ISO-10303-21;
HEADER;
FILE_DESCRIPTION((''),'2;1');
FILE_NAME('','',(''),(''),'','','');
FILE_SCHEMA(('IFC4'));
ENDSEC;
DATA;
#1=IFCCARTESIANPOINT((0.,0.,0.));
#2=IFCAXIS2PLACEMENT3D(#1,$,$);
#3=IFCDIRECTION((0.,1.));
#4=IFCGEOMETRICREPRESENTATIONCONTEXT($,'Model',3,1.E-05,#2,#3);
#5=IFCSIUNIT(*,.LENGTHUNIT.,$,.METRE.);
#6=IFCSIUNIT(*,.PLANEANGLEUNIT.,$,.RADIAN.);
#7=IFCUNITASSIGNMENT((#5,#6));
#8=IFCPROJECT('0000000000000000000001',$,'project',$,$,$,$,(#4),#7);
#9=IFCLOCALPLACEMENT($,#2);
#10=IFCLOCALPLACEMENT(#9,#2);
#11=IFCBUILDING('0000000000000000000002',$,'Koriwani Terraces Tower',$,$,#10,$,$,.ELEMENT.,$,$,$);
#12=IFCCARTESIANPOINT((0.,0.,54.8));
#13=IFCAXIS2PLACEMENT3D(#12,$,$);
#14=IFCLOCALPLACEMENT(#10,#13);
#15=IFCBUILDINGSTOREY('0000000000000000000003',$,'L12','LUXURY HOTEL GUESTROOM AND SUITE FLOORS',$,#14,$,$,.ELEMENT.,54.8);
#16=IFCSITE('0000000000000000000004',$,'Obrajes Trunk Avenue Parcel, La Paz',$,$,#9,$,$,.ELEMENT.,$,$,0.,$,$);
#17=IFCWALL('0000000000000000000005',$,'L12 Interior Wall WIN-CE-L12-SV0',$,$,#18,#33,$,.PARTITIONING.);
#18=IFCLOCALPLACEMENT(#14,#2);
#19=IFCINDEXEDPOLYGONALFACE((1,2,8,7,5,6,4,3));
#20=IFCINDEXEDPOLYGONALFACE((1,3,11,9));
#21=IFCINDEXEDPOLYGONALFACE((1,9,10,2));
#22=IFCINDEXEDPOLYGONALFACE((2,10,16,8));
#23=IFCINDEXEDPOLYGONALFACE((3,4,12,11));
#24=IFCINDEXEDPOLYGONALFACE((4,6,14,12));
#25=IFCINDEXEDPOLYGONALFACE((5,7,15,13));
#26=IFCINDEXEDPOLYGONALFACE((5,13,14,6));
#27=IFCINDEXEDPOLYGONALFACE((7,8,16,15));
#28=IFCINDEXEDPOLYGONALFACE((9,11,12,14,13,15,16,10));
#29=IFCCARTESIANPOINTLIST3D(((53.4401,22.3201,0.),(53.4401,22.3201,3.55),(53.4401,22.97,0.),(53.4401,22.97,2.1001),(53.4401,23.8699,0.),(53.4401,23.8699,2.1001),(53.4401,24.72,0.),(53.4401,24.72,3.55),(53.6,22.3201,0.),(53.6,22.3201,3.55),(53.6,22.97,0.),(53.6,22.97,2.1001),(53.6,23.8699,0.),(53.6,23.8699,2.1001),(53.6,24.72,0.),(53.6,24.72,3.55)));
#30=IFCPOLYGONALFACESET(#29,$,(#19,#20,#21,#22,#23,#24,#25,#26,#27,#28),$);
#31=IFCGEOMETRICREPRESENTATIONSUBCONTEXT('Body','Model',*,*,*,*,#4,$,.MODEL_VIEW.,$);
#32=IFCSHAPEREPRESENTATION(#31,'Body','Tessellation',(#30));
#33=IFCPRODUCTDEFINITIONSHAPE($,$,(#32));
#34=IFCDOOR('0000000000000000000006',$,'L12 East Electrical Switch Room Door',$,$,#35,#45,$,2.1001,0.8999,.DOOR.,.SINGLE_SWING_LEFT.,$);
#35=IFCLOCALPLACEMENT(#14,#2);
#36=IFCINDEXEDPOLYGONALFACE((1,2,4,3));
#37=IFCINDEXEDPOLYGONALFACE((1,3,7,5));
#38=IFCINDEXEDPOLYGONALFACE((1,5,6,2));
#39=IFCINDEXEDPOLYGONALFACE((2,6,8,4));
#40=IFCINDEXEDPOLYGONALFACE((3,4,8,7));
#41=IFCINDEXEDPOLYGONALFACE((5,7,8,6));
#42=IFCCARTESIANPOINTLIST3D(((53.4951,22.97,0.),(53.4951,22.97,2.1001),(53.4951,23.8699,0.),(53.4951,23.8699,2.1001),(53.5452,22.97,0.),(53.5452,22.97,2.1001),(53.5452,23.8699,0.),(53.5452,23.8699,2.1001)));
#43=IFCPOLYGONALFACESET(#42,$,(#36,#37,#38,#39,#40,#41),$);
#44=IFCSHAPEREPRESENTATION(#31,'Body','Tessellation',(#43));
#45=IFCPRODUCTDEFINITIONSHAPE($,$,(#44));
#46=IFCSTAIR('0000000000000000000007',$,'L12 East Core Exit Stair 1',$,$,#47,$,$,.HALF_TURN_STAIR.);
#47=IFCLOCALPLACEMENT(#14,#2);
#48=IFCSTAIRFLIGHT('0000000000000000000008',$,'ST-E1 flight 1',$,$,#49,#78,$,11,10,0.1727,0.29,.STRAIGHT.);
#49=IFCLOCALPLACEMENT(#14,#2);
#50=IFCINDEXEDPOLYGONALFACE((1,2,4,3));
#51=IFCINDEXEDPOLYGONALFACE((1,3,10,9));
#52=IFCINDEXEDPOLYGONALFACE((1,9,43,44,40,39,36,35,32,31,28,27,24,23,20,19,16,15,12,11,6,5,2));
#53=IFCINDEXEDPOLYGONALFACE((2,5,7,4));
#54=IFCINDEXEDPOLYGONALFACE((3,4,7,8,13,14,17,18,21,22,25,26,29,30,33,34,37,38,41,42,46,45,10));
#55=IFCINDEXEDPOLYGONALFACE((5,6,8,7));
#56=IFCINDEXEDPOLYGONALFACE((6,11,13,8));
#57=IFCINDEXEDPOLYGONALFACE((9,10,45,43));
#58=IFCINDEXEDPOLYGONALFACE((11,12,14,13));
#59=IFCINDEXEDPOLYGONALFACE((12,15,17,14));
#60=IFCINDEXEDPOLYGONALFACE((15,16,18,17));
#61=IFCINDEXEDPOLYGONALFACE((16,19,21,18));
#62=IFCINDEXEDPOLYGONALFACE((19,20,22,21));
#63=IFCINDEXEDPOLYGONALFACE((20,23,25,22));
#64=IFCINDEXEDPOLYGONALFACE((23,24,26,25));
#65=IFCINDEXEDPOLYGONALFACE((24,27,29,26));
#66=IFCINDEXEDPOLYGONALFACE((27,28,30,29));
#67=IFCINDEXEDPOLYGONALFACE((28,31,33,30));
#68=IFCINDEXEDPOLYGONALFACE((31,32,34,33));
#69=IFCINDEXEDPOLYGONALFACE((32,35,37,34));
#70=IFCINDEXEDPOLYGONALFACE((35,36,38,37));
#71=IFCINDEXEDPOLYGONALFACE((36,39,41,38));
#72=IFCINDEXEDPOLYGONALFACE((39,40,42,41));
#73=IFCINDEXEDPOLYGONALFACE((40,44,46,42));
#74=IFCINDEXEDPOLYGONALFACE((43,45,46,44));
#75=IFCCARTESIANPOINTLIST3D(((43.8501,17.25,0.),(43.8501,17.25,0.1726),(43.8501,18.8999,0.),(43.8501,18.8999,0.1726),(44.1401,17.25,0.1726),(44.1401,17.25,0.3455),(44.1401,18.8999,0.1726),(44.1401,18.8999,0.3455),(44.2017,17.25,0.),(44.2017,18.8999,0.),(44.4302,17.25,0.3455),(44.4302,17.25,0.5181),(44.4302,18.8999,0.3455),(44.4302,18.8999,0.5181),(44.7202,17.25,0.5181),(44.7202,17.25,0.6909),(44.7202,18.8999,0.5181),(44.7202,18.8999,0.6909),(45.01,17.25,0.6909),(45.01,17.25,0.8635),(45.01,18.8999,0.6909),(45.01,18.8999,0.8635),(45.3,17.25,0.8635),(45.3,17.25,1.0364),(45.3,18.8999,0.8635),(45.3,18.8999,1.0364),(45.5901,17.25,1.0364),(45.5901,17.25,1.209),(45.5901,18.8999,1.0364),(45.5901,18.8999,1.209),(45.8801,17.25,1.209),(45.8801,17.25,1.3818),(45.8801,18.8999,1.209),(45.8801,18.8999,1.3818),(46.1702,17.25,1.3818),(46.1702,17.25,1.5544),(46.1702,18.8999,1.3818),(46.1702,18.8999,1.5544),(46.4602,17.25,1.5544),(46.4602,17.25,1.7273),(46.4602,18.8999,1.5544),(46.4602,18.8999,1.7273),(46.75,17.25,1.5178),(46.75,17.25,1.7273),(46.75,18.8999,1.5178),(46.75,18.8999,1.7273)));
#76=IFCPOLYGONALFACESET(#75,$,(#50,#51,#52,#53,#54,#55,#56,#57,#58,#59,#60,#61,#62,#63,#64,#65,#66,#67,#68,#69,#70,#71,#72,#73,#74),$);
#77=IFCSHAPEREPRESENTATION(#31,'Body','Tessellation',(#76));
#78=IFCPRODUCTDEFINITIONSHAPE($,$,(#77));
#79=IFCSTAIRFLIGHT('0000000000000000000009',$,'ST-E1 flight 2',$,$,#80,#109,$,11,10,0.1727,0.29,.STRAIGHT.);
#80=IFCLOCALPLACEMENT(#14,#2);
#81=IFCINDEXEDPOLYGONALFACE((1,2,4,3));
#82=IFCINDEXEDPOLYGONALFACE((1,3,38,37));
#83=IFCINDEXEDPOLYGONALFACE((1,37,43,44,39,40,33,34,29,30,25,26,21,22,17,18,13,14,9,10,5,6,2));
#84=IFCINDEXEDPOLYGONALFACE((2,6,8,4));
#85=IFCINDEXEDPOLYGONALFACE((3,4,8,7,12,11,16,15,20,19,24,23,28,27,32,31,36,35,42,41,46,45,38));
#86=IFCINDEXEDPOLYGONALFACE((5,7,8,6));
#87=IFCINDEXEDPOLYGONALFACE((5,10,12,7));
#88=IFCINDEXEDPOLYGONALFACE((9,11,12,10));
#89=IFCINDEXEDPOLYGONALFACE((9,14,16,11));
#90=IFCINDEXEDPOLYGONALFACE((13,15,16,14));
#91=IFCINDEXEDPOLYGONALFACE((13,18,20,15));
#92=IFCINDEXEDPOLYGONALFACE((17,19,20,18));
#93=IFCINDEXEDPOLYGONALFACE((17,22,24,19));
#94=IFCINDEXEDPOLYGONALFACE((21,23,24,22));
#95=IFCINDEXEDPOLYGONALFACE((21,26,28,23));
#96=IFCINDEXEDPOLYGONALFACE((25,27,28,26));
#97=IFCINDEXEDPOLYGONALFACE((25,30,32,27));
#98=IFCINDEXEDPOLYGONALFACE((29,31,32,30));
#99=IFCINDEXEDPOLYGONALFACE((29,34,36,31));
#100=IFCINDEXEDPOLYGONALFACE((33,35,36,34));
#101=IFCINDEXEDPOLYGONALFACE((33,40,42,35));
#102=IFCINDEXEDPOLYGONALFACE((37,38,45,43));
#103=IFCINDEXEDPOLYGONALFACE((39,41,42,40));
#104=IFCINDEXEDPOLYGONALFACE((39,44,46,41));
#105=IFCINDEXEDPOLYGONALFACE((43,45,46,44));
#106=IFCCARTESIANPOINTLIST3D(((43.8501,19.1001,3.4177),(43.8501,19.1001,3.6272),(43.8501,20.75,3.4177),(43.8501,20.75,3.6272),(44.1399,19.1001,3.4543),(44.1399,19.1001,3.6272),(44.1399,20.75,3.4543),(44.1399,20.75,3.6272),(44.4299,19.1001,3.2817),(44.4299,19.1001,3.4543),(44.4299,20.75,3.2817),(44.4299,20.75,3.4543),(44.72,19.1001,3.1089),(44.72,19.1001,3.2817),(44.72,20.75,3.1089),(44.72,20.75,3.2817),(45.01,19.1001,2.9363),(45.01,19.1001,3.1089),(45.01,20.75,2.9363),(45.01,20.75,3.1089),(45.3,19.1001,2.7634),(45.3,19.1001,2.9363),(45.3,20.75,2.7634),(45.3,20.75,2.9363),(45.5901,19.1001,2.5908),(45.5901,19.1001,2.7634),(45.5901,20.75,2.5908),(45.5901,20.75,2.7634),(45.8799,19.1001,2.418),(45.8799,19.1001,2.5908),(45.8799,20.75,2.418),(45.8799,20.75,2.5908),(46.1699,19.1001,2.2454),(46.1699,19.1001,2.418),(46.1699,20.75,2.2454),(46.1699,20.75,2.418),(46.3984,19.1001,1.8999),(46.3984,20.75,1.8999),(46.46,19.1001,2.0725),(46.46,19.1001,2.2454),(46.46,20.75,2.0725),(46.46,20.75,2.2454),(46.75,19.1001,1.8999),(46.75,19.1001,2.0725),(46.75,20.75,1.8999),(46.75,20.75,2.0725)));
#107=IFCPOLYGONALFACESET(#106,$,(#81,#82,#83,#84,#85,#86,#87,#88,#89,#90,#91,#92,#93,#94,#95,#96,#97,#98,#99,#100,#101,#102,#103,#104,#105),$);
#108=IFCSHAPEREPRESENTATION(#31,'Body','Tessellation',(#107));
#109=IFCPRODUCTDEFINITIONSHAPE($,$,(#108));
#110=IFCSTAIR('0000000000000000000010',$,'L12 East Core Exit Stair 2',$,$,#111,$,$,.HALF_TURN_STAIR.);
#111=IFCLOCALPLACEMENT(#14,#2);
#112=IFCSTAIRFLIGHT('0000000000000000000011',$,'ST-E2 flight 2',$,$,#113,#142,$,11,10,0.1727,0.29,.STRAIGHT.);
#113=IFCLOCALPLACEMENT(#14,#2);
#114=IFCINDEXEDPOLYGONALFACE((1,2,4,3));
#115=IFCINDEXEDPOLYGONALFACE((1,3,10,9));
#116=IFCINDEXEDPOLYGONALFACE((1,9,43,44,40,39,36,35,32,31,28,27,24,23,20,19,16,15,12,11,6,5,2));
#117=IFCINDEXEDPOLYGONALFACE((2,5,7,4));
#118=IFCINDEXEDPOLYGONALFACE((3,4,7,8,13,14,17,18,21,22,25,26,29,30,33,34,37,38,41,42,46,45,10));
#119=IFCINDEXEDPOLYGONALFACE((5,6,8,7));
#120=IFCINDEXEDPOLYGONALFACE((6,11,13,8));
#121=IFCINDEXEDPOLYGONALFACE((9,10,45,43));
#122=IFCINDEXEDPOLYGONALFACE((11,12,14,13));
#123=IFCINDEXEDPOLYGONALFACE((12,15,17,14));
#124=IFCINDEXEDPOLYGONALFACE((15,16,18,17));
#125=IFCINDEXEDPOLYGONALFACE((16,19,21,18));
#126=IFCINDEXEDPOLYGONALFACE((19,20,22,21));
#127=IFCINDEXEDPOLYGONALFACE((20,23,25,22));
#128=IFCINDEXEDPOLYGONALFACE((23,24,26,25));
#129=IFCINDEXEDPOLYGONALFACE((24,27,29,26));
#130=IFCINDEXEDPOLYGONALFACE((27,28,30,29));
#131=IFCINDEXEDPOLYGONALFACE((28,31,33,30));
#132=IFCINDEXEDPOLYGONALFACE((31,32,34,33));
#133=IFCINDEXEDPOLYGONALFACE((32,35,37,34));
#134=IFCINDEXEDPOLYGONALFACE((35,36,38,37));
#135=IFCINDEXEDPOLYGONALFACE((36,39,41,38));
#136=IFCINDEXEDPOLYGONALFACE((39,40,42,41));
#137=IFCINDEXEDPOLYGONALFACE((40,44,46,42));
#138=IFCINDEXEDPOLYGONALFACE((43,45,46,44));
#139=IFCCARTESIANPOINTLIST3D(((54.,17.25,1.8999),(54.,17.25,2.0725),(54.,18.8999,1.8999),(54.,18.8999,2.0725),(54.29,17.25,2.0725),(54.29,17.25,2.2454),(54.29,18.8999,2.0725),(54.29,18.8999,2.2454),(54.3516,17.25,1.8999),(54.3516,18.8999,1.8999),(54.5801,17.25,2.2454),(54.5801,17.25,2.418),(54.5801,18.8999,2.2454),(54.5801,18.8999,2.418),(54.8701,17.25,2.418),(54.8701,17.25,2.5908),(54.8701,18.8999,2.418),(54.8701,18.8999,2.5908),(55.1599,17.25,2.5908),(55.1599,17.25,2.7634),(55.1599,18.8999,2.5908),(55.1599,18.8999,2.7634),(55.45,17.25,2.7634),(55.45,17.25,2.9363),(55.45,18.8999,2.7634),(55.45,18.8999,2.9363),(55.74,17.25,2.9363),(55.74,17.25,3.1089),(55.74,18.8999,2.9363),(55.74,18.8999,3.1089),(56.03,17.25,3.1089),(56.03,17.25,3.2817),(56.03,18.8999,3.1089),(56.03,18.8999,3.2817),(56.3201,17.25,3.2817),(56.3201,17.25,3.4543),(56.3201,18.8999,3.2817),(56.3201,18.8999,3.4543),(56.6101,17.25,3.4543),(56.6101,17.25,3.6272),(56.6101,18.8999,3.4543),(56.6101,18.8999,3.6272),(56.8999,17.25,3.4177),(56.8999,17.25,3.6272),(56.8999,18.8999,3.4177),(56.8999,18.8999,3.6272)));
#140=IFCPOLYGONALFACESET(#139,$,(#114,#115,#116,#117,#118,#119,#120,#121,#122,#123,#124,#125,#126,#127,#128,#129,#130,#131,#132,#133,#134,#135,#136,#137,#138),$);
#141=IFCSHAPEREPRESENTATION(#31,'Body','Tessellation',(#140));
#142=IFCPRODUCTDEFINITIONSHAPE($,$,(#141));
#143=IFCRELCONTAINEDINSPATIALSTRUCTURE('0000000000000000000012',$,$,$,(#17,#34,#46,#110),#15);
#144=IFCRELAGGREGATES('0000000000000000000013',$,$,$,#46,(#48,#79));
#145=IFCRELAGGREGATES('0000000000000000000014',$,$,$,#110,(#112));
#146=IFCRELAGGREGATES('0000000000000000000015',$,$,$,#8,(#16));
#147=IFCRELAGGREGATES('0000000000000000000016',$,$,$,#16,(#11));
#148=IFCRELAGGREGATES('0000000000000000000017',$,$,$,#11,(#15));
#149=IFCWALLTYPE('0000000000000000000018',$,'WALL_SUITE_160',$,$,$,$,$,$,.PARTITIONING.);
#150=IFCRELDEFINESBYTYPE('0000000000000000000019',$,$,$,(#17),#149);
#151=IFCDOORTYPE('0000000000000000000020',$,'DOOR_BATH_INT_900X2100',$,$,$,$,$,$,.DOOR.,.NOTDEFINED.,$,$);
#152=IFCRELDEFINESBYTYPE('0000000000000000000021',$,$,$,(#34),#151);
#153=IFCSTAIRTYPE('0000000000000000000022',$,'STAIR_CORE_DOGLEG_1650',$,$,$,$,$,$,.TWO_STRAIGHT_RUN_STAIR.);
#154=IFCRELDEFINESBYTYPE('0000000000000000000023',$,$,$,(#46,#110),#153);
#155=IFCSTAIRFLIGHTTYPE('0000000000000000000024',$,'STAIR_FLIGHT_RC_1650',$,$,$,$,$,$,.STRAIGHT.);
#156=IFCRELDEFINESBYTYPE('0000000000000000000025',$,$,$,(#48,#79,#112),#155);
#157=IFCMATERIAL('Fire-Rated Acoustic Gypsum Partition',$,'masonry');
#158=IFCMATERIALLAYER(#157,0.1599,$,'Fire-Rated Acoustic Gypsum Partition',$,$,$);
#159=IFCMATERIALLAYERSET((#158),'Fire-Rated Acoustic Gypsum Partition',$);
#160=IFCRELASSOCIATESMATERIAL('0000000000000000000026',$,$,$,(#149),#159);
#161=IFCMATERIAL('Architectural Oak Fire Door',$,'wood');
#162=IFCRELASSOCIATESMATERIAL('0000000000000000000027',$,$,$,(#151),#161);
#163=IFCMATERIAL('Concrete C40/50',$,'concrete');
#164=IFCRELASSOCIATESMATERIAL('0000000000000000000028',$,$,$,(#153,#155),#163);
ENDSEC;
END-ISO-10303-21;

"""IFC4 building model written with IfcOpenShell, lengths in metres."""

from ifc_helpers import new_model, si_unit, direction, frame, frame_2d, origin, place, context, subcontext, project, spatial, polyline, rectangle, outline, extrude, material, layer, layer_set, type_object, element, fill, aggregate, save


model = new_model("IFC4")

# Units and contexts
model_context = context("Model", 3, precision=1e-05, world=origin(), true_north=direction((0.0, 1.0)))
body_context = subcontext(model_context, "Body", "Model", "MODEL_VIEW")
ifc_project = project(units=[si_unit("LENGTHUNIT", "METRE"), si_unit("PLANEANGLEUNIT", "RADIAN")], contexts=[model_context])

# Site, building, storey
site_placement = place(None, origin())
site = spatial("IfcSite", under=ifc_project, at=site_placement, Name="Obrajes Trunk Avenue Parcel, La Paz", CompositionType="ELEMENT", RefElevation=0.0)
building_placement = place(site_placement, origin())
building = spatial("IfcBuilding", under=site, at=building_placement, Name="Koriwani Terraces Tower", CompositionType="ELEMENT")
storey_placement = place(building_placement, frame((0.0, 0.0, 54.8)))
storey = spatial("IfcBuildingStorey", under=building, at=storey_placement, Name="L12", Description="LUXURY HOTEL GUESTROOM AND SUITE FLOORS", CompositionType="ELEMENT", Elevation=54.8)

# Shared definitions
ifc_material_1 = material(Name="Concrete C40/50", Category="concrete")

# Wall, opening, door
ifc_material_2 = material(Name="Fire-Rated Acoustic Gypsum Partition", Category="masonry")
ifc_layer_1 = layer(ifc_material_2, 0.1599, Name="Fire-Rated Acoustic Gypsum Partition")
ifc_layer_set_1 = layer_set([ifc_layer_1], Name="Fire-Rated Acoustic Gypsum Partition")
wall_type_1 = type_object("IfcWallType", Name="WALL_SUITE_160", PredefinedType="PARTITIONING", material=ifc_layer_set_1)
wall_1_placement = place(storey_placement, frame((53.52, 22.3201, 0.0), z_axis=(0.0, 0.0, 1.0), x_axis=(0.0, 1.0, 0.0)))
wall_1 = element("IfcWall", 1, at=wall_1_placement, inside=storey, type_object=wall_type_1, Name="L12 Interior Wall WIN-CE-L12-SV0", PredefinedType="PARTITIONING", context=body_context, shape_type="SweptSolid", body=[
    extrude(rectangle(XDim=2.3999, YDim=0.1599, at=frame_2d((1.2, 0.0))), origin(), (0.0, 0.0, 1.0), 3.55),
])
opening_1_placement = place(wall_1_placement, frame((0.6499, 0.0, 0.0)))
opening_1 = element("IfcOpeningElement", 2, at=opening_1_placement, cuts=wall_1, PredefinedType="OPENING", context=body_context, shape_type="SweptSolid", body=[
    extrude(rectangle(XDim=0.8999, YDim=2.1001, at=frame_2d((0.45, 1.05))), frame((0.0, 0.0898, 0.0), z_axis=(0.0, -1.0, 0.0), x_axis=(1.0, 0.0, 0.0)), (0.0, 0.0, 1.0), 0.1799),
])
ifc_material_3 = material(Name="Architectural Oak Fire Door", Category="wood")
door_type_1 = type_object("IfcDoorType", Name="DOOR_BATH_INT_900X2100", OperationType="NOTDEFINED", PredefinedType="DOOR", material=ifc_material_3)
door_1_placement = place(opening_1_placement, origin())
door_1 = element("IfcDoor", 3, at=door_1_placement, inside=storey, type_object=door_type_1, Name="L12 East Electrical Switch Room Door", OperationType="SINGLE_SWING_LEFT", OverallHeight=2.1001, OverallWidth=0.8999, PredefinedType="DOOR", context=body_context, shape_type="SweptSolid", body=[
    extrude(rectangle(XDim=0.8999, YDim=2.1001, at=frame_2d((0.45, 1.05))), frame((0.0, 0.0249, 0.0), z_axis=(0.0, -1.0, 0.0), x_axis=(1.0, 0.0, 0.0)), (0.0, 0.0, 1.0), 0.05),
])
fill(opening_1, door_1)

# Stair, stair flights
stair_type = type_object("IfcStairType", Name="STAIR_CORE_DOGLEG_1650", PredefinedType="TWO_STRAIGHT_RUN_STAIR", material=ifc_material_1)
stair_1_placement = place(storey_placement, origin())
stair_1 = element("IfcStair", 4, at=stair_1_placement, inside=storey, type_object=stair_type, Name="L12 East Core Exit Stair 1", PredefinedType="HALF_TURN_STAIR")
stair_flight_type = type_object("IfcStairFlightType", Name="STAIR_FLIGHT_RC_1650", PredefinedType="STRAIGHT", material=ifc_material_1)
stair_flight_1_placement = place(storey_placement, frame((43.8501, 18.075, 0.0), z_axis=(0.0, 0.0, 1.0), x_axis=(1.0, 0.0, 0.0)))
stair_flight_1 = element("IfcStairFlight", 5, at=stair_flight_1_placement, type_object=stair_flight_type, Name="ST-E1 flight 1", NumberOfRisers=11, NumberOfTreads=10, PredefinedType="STRAIGHT", RiserHeight=0.1727, TreadLength=0.29, context=body_context, shape_type="SweptSolid", body=[
    extrude(outline(polyline([(0.0, 0.0), (0.0, 0.1726), (0.29, 0.1726), (0.29, 0.3455), (0.5801, 0.3455), (0.5801, 0.5181), (0.8701, 0.5181), (0.8701, 0.6909), (1.1599, 0.6909), (1.1599, 0.8635), (1.45, 0.8635), (1.45, 1.0364), (1.74, 1.0364), (1.74, 1.209), (2.03, 1.209), (2.03, 1.3818), (2.3201, 1.3818), (2.3201, 1.5544), (2.6101, 1.5544), (2.6101, 1.7273), (2.8999, 1.7273), (2.8999, 1.8999), (2.8999, 1.5178), (0.3516, 0.0), (0.0, 0.0)])), frame((0.0, 0.825, 0.0), z_axis=(0.0, -1.0, 0.0), x_axis=(1.0, 0.0, 0.0)), (0.0, 0.0, 1.0), 1.6499),
])
stair_flight_2_placement = place(storey_placement, frame((46.75, 19.925, 1.8999), z_axis=(0.0, 0.0, 1.0), x_axis=(-1.0, 0.0, 0.0)))
stair_flight_2 = element("IfcStairFlight", 6, at=stair_flight_2_placement, type_object=stair_flight_type, Name="ST-E1 flight 2", NumberOfRisers=11, NumberOfTreads=10, PredefinedType="STRAIGHT", RiserHeight=0.1727, TreadLength=0.29, context=body_context, shape_type="SweptSolid", body=[
    extrude(outline(polyline([(0.0, 0.0), (0.0, 0.1726), (0.29, 0.1726), (0.29, 0.3455), (0.5801, 0.3455), (0.5801, 0.5181), (0.8701, 0.5181), (0.8701, 0.6909), (1.1599, 0.6909), (1.1599, 0.8635), (1.45, 0.8635), (1.45, 1.0364), (1.74, 1.0364), (1.74, 1.209), (2.03, 1.209), (2.03, 1.3818), (2.3201, 1.3818), (2.3201, 1.5544), (2.6101, 1.5544), (2.6101, 1.7273), (2.8999, 1.7273), (2.8999, 1.8999), (2.8999, 1.5178), (0.3516, 0.0), (0.0, 0.0)])), frame((0.0, 0.825, 0.0), z_axis=(0.0, -1.0, 0.0), x_axis=(1.0, 0.0, 0.0)), (0.0, 0.0, 1.0), 1.6499),
])
aggregate(stair_1, [stair_flight_1, stair_flight_2])

# Stair, stair flight
stair_2_placement = place(storey_placement, origin())
stair_2 = element("IfcStair", 7, at=stair_2_placement, inside=storey, type_object=stair_type, Name="L12 East Core Exit Stair 2", PredefinedType="HALF_TURN_STAIR")
stair_flight_3_placement = place(storey_placement, frame((54.0, 18.075, 1.8999), z_axis=(0.0, 0.0, 1.0), x_axis=(1.0, 0.0, 0.0)))
stair_flight_3 = element("IfcStairFlight", 8, at=stair_flight_3_placement, type_object=stair_flight_type, Name="ST-E2 flight 2", NumberOfRisers=11, NumberOfTreads=10, PredefinedType="STRAIGHT", RiserHeight=0.1727, TreadLength=0.29, context=body_context, shape_type="SweptSolid", body=[
    extrude(outline(polyline([(0.0, 0.0), (0.0, 0.1726), (0.29, 0.1726), (0.29, 0.3455), (0.5801, 0.3455), (0.5801, 0.5181), (0.8701, 0.5181), (0.8701, 0.6909), (1.1599, 0.6909), (1.1599, 0.8635), (1.45, 0.8635), (1.45, 1.0364), (1.74, 1.0364), (1.74, 1.209), (2.03, 1.209), (2.03, 1.3818), (2.3201, 1.3818), (2.3201, 1.5544), (2.6101, 1.5544), (2.6101, 1.7273), (2.8999, 1.7273), (2.8999, 1.8999), (2.8999, 1.5178), (0.3516, 0.0), (0.0, 0.0)])), frame((0.0, 0.825, 0.0), z_axis=(0.0, -1.0, 0.0), x_axis=(1.0, 0.0, 0.0)), (0.0, 0.0, 1.0), 1.6499),
])
aggregate(stair_2, [stair_flight_3])

save(model, "model.ifc")
